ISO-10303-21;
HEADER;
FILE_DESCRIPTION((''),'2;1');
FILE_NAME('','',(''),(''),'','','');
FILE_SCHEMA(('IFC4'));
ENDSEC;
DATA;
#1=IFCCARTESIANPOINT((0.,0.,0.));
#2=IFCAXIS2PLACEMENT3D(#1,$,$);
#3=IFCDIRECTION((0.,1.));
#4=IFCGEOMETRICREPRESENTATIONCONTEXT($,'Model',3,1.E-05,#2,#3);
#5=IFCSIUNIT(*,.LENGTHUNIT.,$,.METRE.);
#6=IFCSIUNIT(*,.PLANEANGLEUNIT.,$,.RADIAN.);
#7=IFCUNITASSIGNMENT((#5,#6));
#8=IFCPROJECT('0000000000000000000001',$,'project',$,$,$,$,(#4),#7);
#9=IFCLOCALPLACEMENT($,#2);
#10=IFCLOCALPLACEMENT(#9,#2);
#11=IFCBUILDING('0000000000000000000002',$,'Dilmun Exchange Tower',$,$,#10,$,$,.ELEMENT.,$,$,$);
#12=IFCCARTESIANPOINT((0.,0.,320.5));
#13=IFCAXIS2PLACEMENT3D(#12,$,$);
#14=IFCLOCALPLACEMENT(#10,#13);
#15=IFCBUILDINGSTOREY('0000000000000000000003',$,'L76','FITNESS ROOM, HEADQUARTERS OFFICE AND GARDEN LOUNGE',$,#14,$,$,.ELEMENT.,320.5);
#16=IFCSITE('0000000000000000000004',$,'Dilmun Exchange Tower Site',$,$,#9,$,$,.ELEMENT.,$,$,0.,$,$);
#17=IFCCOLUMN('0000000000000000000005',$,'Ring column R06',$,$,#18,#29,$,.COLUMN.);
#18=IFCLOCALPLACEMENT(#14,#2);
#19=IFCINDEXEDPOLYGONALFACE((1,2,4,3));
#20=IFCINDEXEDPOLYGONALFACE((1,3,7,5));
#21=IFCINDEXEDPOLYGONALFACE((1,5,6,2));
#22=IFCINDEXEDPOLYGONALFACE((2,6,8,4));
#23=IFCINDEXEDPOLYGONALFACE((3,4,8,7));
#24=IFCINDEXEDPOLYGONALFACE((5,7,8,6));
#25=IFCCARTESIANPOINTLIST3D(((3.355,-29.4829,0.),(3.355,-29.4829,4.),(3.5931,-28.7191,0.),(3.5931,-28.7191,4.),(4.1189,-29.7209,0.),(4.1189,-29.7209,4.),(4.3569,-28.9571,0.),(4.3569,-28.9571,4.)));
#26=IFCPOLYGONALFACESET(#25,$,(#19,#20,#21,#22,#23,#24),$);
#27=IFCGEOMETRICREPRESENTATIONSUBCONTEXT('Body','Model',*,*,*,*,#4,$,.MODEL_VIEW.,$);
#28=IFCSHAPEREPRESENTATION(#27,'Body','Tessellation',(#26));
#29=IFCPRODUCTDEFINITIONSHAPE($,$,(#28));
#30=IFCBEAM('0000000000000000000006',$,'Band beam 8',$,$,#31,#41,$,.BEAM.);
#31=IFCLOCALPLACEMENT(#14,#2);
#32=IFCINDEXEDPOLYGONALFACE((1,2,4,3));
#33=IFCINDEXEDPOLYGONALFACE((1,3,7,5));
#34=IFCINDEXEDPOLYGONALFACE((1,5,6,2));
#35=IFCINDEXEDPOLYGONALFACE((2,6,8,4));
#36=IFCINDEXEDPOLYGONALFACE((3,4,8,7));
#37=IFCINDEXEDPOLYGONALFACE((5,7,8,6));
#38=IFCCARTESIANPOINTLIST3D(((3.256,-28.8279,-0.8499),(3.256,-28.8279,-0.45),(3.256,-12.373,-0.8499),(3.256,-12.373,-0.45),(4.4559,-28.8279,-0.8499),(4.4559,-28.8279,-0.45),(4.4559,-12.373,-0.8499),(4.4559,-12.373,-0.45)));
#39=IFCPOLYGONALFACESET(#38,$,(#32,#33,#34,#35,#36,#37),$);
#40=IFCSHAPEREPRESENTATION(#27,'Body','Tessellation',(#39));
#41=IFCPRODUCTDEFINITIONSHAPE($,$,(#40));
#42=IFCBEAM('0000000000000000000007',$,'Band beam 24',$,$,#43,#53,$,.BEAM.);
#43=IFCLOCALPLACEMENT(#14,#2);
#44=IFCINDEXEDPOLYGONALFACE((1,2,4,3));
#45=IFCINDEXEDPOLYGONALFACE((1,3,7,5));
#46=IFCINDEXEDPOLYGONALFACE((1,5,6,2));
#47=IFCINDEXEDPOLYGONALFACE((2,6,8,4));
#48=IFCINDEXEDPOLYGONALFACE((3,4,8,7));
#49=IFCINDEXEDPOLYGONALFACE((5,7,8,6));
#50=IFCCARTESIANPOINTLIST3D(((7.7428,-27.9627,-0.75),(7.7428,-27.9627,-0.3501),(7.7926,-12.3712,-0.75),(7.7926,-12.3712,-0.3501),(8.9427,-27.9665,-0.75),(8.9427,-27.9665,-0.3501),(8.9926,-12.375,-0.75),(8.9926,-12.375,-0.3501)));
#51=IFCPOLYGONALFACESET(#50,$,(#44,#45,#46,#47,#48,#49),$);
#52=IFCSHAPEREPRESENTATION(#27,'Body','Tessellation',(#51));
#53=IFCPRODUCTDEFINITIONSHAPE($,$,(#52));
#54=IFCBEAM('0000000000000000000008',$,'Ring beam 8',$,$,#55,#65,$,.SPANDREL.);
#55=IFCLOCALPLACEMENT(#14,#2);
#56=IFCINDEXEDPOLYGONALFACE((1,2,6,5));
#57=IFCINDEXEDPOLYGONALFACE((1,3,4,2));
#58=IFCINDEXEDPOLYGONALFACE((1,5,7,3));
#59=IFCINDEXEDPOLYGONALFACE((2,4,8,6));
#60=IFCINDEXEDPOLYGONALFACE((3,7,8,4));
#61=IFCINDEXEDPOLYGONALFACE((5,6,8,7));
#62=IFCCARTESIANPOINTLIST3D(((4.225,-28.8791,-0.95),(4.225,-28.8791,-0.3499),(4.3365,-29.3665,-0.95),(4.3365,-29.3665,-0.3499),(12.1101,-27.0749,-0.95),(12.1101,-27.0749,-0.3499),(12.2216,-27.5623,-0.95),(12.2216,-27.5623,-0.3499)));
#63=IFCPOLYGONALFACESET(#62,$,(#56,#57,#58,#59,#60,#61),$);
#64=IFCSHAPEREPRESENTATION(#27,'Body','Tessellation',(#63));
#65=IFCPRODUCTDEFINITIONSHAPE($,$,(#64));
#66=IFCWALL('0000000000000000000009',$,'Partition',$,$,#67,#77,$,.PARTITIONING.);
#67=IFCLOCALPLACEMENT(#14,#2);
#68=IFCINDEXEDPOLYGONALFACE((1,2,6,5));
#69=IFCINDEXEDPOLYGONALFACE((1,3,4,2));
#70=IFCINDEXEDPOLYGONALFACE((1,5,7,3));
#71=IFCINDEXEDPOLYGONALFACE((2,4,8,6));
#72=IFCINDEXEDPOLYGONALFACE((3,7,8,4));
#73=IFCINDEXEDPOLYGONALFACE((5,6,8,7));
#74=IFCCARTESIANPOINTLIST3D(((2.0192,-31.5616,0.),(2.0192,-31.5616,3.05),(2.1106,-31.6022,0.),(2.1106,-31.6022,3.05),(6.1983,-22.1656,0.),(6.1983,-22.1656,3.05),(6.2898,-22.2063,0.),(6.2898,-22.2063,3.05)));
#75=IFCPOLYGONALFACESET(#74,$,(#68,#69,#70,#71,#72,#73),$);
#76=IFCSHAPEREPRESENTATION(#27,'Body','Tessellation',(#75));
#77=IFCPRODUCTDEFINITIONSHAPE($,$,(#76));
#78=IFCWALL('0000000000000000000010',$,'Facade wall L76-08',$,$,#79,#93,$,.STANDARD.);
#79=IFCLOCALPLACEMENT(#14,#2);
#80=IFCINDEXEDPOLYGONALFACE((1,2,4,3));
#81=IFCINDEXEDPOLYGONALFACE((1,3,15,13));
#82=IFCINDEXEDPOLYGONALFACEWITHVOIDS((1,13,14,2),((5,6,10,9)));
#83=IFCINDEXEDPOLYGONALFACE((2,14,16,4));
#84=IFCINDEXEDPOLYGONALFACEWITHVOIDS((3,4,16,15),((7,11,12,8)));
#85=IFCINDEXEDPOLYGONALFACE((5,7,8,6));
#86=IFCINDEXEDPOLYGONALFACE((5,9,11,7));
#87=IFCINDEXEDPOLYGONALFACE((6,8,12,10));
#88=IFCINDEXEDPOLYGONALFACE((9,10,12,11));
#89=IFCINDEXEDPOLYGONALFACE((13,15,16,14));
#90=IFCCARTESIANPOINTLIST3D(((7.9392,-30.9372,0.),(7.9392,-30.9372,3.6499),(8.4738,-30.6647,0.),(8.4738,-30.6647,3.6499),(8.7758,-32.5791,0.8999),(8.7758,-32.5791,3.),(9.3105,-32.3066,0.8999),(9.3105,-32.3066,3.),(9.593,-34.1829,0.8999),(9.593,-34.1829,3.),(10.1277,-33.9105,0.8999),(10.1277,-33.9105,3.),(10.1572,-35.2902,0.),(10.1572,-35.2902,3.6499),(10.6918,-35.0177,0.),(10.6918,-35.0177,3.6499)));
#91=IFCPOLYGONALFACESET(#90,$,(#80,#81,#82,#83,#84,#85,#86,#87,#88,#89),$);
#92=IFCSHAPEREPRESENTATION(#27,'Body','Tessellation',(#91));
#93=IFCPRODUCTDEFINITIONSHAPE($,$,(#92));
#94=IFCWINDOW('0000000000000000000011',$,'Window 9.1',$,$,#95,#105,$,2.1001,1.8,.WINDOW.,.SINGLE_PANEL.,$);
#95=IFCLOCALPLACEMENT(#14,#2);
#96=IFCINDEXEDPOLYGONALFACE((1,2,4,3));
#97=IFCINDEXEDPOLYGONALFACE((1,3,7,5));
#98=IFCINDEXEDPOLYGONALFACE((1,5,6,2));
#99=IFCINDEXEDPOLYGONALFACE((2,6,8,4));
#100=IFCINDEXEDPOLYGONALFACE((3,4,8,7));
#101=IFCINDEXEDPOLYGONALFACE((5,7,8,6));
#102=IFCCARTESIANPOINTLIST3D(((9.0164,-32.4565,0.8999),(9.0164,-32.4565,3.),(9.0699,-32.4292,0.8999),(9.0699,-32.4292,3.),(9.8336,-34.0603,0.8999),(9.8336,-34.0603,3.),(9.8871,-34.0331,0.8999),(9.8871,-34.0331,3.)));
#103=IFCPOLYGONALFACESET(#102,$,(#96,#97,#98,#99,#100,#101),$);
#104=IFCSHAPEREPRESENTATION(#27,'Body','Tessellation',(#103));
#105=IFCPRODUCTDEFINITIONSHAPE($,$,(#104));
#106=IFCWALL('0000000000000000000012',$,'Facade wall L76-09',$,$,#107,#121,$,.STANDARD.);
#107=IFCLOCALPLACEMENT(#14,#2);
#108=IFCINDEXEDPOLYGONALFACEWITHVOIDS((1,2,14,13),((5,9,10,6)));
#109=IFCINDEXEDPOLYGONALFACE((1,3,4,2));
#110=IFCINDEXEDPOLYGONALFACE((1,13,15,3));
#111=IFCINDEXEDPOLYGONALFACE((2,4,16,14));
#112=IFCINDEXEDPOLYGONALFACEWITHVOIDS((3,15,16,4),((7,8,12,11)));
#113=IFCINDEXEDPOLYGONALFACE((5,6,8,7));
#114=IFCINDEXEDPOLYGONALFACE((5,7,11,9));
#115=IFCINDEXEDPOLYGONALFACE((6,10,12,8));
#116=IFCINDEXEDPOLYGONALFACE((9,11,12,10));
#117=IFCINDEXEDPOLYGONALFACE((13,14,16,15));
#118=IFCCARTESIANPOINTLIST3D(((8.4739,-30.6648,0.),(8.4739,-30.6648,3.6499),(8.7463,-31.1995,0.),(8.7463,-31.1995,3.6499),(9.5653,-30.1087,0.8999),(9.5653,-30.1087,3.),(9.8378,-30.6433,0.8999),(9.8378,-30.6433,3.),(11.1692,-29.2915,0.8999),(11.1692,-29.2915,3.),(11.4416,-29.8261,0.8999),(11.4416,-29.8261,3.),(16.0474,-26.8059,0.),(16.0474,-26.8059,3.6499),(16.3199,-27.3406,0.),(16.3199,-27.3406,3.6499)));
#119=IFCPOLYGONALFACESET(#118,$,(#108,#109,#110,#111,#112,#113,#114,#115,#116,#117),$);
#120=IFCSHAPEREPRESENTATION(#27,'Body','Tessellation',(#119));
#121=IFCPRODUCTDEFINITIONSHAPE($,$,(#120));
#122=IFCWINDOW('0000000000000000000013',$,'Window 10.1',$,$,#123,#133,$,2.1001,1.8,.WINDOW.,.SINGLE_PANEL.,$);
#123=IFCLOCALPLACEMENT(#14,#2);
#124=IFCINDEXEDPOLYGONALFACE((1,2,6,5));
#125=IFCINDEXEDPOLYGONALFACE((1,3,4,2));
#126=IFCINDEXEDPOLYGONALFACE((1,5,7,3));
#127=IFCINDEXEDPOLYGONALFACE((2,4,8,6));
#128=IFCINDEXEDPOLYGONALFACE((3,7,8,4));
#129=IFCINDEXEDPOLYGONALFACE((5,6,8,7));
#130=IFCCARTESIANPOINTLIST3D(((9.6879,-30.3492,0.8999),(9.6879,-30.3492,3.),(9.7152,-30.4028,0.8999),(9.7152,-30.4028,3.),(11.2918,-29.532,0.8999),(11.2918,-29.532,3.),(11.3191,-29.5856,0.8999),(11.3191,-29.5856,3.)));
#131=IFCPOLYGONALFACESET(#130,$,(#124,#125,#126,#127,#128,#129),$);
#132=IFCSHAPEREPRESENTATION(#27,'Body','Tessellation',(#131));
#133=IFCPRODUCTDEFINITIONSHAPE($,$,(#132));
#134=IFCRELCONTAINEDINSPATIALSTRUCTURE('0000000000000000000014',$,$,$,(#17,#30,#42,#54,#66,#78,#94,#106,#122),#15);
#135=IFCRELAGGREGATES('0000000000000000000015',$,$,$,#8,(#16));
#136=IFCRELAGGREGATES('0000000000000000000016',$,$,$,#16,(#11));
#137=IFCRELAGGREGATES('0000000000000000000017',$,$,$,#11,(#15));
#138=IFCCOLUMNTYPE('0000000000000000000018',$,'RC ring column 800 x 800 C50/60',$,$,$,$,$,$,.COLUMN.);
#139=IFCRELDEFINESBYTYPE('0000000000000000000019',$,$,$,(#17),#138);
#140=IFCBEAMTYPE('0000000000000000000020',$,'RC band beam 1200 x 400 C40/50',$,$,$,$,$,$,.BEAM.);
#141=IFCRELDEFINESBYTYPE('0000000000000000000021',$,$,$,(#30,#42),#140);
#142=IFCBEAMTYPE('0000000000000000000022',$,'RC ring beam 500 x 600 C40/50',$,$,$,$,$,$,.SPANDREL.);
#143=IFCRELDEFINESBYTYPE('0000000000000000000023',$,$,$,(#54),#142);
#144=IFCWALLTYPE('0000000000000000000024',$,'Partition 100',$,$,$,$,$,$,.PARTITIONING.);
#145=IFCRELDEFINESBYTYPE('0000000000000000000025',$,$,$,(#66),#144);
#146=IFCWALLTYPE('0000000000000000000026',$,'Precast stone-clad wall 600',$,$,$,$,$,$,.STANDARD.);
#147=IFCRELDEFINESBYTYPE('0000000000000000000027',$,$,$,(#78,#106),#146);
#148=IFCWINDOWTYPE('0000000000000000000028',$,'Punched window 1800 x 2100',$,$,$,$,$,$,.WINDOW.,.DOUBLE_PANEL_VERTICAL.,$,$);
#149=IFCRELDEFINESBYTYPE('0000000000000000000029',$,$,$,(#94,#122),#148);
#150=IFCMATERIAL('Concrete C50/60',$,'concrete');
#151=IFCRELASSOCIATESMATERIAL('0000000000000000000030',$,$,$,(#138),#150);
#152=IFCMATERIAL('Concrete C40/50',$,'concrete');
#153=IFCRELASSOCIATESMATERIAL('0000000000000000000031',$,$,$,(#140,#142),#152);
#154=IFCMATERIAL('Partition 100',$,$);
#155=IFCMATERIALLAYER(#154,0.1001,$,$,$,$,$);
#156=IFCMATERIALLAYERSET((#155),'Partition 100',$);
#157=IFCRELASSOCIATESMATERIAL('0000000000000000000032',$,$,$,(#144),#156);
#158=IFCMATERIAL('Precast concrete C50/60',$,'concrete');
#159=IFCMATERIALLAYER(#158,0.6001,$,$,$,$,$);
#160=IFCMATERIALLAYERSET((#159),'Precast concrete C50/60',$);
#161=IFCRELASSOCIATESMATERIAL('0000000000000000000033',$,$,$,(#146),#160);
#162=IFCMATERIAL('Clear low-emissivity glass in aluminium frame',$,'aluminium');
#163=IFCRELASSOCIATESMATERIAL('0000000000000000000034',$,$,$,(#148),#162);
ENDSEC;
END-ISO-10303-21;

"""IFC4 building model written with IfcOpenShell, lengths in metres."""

from ifc_helpers import new_model, si_unit, direction, frame, frame_2d, origin, origin_2d, place, context, subcontext, project, spatial, rectangle, extrude, material, layer, layer_set, material_profile, profile_set, type_object, element, fill, save


model = new_model("IFC4")

# Units and contexts
model_context = context("Model", 3, precision=1e-05, world=origin(), true_north=direction((0.0, 1.0)))
body_context = subcontext(model_context, "Body", "Model", "MODEL_VIEW")
ifc_project = project(units=[si_unit("LENGTHUNIT", "METRE"), si_unit("PLANEANGLEUNIT", "RADIAN")], contexts=[model_context])

# Site, building, storey
site_placement = place(None, origin())
site = spatial("IfcSite", under=ifc_project, at=site_placement, Name="Dilmun Exchange Tower Site", CompositionType="ELEMENT", RefElevation=0.0)
building_placement = place(site_placement, origin())
building = spatial("IfcBuilding", under=site, at=building_placement, Name="Dilmun Exchange Tower", CompositionType="ELEMENT")
storey_placement = place(building_placement, frame((0.0, 0.0, 320.5)))
storey = spatial("IfcBuildingStorey", under=building, at=storey_placement, Name="L76", Description="FITNESS ROOM, HEADQUARTERS OFFICE AND GARDEN LOUNGE", CompositionType="ELEMENT", Elevation=320.5)

# Column
ifc_material_1 = material(Name="Concrete C50/60", Category="concrete")
ifc_material_profile_1 = material_profile(ifc_material_1, rectangle(XDim=0.8, YDim=0.8, at=origin_2d()), Name="800 x 800")
ifc_profile_set_1 = profile_set([ifc_material_profile_1], Name="Concrete C50/60")
column_type = type_object("IfcColumnType", Name="RC ring column 800 x 800 C50/60", PredefinedType="COLUMN", material=ifc_profile_set_1)
column_placement = place(storey_placement, frame((3.856, -29.22, 0.0), z_axis=(0.0, 0.0, 1.0), x_axis=(0.297503, 0.954721, 0.0)))
element("IfcColumn", 1, at=column_placement, inside=storey, type_object=column_type, Name="Ring column R06", PredefinedType="COLUMN", context=body_context, shape_type="SweptSolid", body=[
    extrude(rectangle(XDim=0.8, YDim=0.8, at=origin_2d()), origin(), (0.0, 0.0, 1.0), 4.0),
])

# Beams
ifc_material_2 = material(Name="Concrete C40/50", Category="concrete")
ifc_material_profile_2 = material_profile(ifc_material_2, rectangle(XDim=1.2, YDim=0.3999, at=origin_2d()), Name="1200 x 400")
ifc_profile_set_2 = profile_set([ifc_material_profile_2], Name="Concrete C40/50")
beam_type_1 = type_object("IfcBeamType", Name="RC band beam 1200 x 400 C40/50", PredefinedType="BEAM", material=ifc_profile_set_2)
beam_1_placement = place(storey_placement, frame((3.856, -28.8279, -0.6499), z_axis=(0.0, 1.0, 0.0), x_axis=(-1.0, 0.0, 0.0)))
element("IfcBeam", 2, at=beam_1_placement, inside=storey, type_object=beam_type_1, Name="Band beam 8", PredefinedType="BEAM", context=body_context, shape_type="SweptSolid", body=[
    extrude(rectangle(XDim=1.2, YDim=0.3999, at=origin_2d()), origin(), (0.0, 0.0, 1.0), 16.4548),
])
beam_2_placement = place(storey_placement, frame((8.3428, -27.9646, -0.55), z_axis=(0.003194, 0.999995, 0.0), x_axis=(-0.999995, 0.003194, 0.0)))
element("IfcBeam", 3, at=beam_2_placement, inside=storey, type_object=beam_type_1, Name="Band beam 24", PredefinedType="BEAM", context=body_context, shape_type="SweptSolid", body=[
    extrude(rectangle(XDim=1.2, YDim=0.3999, at=origin_2d()), origin(), (0.0, 0.0, 1.0), 15.5916),
])
ifc_material_profile_3 = material_profile(ifc_material_2, rectangle(XDim=0.5, YDim=0.6001, at=origin_2d()), Name="500 x 600")
ifc_profile_set_3 = profile_set([ifc_material_profile_3], Name="Concrete C40/50")
beam_type_2 = type_object("IfcBeamType", Name="RC ring beam 500 x 600 C40/50", PredefinedType="SPANDREL", material=ifc_profile_set_3)
beam_3_placement = place(storey_placement, frame((4.2808, -29.1228, -0.6499), z_axis=(0.974807, 0.223049, 0.0), x_axis=(-0.223049, 0.974807, 0.0)))
element("IfcBeam", 4, at=beam_3_placement, inside=storey, type_object=beam_type_2, Name="Ring beam 8", PredefinedType="SPANDREL", context=body_context, shape_type="SweptSolid", body=[
    extrude(rectangle(XDim=0.5, YDim=0.6001, at=origin_2d()), origin(), (0.0, 0.0, 1.0), 8.0889),
])

# Wall
ifc_material_3 = material(Name="Partition 100")
ifc_layer_1 = layer(ifc_material_3, 0.1001)
ifc_layer_set_1 = layer_set([ifc_layer_1], Name="Partition 100")
wall_type_1 = type_object("IfcWallType", Name="Partition 100", PredefinedType="PARTITIONING", material=ifc_layer_set_1)
wall_1_placement = place(storey_placement, frame((2.0649, -31.5818, 0.0), z_axis=(0.0, 0.0, 1.0), x_axis=(0.406398, 0.913696, 0.0)))
element("IfcWall", 5, at=wall_1_placement, inside=storey, type_object=wall_type_1, Name="Partition", PredefinedType="PARTITIONING", context=body_context, shape_type="SweptSolid", body=[
    extrude(rectangle(XDim=10.2834, YDim=0.1001, at=frame_2d((5.1416, 0.0))), origin(), (0.0, 0.0, 1.0), 3.05),
])

# Walls, openings, windows
ifc_material_4 = material(Name="Precast concrete C50/60", Category="concrete")
ifc_layer_2 = layer(ifc_material_4, 0.6001)
ifc_layer_set_2 = layer_set([ifc_layer_2], Name="Precast concrete C50/60")
wall_type_2 = type_object("IfcWallType", Name="Precast stone-clad wall 600", PredefinedType="STANDARD", material=ifc_layer_set_2)
wall_2_placement = place(storey_placement, frame((10.4246, -35.1541, 0.0), z_axis=(0.0, 0.0, 1.0), x_axis=(-0.453997, 0.891003, 0.0)))
wall_2 = element("IfcWall", 6, at=wall_2_placement, inside=storey, type_object=wall_type_2, Name="Facade wall L76-08", PredefinedType="STANDARD", context=body_context, shape_type="SweptSolid", body=[
    extrude(rectangle(XDim=4.8855, YDim=0.6001, at=frame_2d((2.4429, 0.0))), origin(), (0.0, 0.0, 1.0), 3.6499),
])
opening_1_placement = place(wall_2_placement, frame((1.2429, 0.0, 0.8999)))
opening_1 = element("IfcOpeningElement", 7, at=opening_1_placement, cuts=wall_2, PredefinedType="OPENING", context=body_context, shape_type="SweptSolid", body=[
    extrude(rectangle(XDim=1.8, YDim=2.1001, at=frame_2d((0.8999, 1.05))), frame((0.0, 0.3101, 0.0), z_axis=(0.0, -1.0, 0.0), x_axis=(1.0, 0.0, 0.0)), (0.0, 0.0, 1.0), 0.6201),
])
ifc_material_5 = material(Name="Clear low-emissivity glass in aluminium frame", Category="aluminium")
window_type = type_object("IfcWindowType", Name="Punched window 1800 x 2100", PartitioningType="DOUBLE_PANEL_VERTICAL", PredefinedType="WINDOW", material=ifc_material_5)
window_1_placement = place(opening_1_placement, origin())
window_1 = element("IfcWindow", 8, at=window_1_placement, inside=storey, type_object=window_type, Name="Window 9.1", OverallHeight=2.1001, OverallWidth=1.8, PartitioningType="SINGLE_PANEL", PredefinedType="WINDOW", context=body_context, shape_type="SweptSolid", body=[
    extrude(rectangle(XDim=1.8, YDim=2.1001, at=frame_2d((0.8999, 1.05))), frame((0.0, 0.03, 0.0), z_axis=(0.0, -1.0, 0.0), x_axis=(1.0, 0.0, 0.0)), (0.0, 0.0, 1.0), 0.0601),
])
fill(opening_1, window_1)
wall_3_placement = place(storey_placement, frame((8.6101, -30.9321, 0.0), z_axis=(0.0, 0.0, 1.0), x_axis=(0.891006, 0.453991, 0.0)))
wall_3 = element("IfcWall", 9, at=wall_3_placement, inside=storey, type_object=wall_type_2, Name="Facade wall L76-09", PredefinedType="STANDARD", context=body_context, shape_type="SweptSolid", body=[
    extrude(rectangle(XDim=8.5, YDim=0.6001, at=frame_2d((4.25, 0.0))), origin(), (0.0, 0.0, 1.0), 3.6499),
])
opening_2_placement = place(wall_3_placement, frame((1.2251, 0.0, 0.8999)))
opening_2 = element("IfcOpeningElement", 10, at=opening_2_placement, cuts=wall_3, PredefinedType="OPENING", context=body_context, shape_type="SweptSolid", body=[
    extrude(rectangle(XDim=1.8, YDim=2.1001, at=frame_2d((0.8999, 1.05))), frame((0.0, 0.3101, 0.0), z_axis=(0.0, -1.0, 0.0), x_axis=(1.0, 0.0, 0.0)), (0.0, 0.0, 1.0), 0.6201),
])
window_2_placement = place(opening_2_placement, origin())
window_2 = element("IfcWindow", 11, at=window_2_placement, inside=storey, type_object=window_type, Name="Window 10.1", OverallHeight=2.1001, OverallWidth=1.8, PartitioningType="SINGLE_PANEL", PredefinedType="WINDOW", context=body_context, shape_type="SweptSolid", body=[
    extrude(rectangle(XDim=1.8, YDim=2.1001, at=frame_2d((0.8999, 1.05))), frame((0.0, 0.03, 0.0), z_axis=(0.0, -1.0, 0.0), x_axis=(1.0, 0.0, 0.0)), (0.0, 0.0, 1.0), 0.0601),
])
fill(opening_2, window_2)

save(model, "model.ifc")
